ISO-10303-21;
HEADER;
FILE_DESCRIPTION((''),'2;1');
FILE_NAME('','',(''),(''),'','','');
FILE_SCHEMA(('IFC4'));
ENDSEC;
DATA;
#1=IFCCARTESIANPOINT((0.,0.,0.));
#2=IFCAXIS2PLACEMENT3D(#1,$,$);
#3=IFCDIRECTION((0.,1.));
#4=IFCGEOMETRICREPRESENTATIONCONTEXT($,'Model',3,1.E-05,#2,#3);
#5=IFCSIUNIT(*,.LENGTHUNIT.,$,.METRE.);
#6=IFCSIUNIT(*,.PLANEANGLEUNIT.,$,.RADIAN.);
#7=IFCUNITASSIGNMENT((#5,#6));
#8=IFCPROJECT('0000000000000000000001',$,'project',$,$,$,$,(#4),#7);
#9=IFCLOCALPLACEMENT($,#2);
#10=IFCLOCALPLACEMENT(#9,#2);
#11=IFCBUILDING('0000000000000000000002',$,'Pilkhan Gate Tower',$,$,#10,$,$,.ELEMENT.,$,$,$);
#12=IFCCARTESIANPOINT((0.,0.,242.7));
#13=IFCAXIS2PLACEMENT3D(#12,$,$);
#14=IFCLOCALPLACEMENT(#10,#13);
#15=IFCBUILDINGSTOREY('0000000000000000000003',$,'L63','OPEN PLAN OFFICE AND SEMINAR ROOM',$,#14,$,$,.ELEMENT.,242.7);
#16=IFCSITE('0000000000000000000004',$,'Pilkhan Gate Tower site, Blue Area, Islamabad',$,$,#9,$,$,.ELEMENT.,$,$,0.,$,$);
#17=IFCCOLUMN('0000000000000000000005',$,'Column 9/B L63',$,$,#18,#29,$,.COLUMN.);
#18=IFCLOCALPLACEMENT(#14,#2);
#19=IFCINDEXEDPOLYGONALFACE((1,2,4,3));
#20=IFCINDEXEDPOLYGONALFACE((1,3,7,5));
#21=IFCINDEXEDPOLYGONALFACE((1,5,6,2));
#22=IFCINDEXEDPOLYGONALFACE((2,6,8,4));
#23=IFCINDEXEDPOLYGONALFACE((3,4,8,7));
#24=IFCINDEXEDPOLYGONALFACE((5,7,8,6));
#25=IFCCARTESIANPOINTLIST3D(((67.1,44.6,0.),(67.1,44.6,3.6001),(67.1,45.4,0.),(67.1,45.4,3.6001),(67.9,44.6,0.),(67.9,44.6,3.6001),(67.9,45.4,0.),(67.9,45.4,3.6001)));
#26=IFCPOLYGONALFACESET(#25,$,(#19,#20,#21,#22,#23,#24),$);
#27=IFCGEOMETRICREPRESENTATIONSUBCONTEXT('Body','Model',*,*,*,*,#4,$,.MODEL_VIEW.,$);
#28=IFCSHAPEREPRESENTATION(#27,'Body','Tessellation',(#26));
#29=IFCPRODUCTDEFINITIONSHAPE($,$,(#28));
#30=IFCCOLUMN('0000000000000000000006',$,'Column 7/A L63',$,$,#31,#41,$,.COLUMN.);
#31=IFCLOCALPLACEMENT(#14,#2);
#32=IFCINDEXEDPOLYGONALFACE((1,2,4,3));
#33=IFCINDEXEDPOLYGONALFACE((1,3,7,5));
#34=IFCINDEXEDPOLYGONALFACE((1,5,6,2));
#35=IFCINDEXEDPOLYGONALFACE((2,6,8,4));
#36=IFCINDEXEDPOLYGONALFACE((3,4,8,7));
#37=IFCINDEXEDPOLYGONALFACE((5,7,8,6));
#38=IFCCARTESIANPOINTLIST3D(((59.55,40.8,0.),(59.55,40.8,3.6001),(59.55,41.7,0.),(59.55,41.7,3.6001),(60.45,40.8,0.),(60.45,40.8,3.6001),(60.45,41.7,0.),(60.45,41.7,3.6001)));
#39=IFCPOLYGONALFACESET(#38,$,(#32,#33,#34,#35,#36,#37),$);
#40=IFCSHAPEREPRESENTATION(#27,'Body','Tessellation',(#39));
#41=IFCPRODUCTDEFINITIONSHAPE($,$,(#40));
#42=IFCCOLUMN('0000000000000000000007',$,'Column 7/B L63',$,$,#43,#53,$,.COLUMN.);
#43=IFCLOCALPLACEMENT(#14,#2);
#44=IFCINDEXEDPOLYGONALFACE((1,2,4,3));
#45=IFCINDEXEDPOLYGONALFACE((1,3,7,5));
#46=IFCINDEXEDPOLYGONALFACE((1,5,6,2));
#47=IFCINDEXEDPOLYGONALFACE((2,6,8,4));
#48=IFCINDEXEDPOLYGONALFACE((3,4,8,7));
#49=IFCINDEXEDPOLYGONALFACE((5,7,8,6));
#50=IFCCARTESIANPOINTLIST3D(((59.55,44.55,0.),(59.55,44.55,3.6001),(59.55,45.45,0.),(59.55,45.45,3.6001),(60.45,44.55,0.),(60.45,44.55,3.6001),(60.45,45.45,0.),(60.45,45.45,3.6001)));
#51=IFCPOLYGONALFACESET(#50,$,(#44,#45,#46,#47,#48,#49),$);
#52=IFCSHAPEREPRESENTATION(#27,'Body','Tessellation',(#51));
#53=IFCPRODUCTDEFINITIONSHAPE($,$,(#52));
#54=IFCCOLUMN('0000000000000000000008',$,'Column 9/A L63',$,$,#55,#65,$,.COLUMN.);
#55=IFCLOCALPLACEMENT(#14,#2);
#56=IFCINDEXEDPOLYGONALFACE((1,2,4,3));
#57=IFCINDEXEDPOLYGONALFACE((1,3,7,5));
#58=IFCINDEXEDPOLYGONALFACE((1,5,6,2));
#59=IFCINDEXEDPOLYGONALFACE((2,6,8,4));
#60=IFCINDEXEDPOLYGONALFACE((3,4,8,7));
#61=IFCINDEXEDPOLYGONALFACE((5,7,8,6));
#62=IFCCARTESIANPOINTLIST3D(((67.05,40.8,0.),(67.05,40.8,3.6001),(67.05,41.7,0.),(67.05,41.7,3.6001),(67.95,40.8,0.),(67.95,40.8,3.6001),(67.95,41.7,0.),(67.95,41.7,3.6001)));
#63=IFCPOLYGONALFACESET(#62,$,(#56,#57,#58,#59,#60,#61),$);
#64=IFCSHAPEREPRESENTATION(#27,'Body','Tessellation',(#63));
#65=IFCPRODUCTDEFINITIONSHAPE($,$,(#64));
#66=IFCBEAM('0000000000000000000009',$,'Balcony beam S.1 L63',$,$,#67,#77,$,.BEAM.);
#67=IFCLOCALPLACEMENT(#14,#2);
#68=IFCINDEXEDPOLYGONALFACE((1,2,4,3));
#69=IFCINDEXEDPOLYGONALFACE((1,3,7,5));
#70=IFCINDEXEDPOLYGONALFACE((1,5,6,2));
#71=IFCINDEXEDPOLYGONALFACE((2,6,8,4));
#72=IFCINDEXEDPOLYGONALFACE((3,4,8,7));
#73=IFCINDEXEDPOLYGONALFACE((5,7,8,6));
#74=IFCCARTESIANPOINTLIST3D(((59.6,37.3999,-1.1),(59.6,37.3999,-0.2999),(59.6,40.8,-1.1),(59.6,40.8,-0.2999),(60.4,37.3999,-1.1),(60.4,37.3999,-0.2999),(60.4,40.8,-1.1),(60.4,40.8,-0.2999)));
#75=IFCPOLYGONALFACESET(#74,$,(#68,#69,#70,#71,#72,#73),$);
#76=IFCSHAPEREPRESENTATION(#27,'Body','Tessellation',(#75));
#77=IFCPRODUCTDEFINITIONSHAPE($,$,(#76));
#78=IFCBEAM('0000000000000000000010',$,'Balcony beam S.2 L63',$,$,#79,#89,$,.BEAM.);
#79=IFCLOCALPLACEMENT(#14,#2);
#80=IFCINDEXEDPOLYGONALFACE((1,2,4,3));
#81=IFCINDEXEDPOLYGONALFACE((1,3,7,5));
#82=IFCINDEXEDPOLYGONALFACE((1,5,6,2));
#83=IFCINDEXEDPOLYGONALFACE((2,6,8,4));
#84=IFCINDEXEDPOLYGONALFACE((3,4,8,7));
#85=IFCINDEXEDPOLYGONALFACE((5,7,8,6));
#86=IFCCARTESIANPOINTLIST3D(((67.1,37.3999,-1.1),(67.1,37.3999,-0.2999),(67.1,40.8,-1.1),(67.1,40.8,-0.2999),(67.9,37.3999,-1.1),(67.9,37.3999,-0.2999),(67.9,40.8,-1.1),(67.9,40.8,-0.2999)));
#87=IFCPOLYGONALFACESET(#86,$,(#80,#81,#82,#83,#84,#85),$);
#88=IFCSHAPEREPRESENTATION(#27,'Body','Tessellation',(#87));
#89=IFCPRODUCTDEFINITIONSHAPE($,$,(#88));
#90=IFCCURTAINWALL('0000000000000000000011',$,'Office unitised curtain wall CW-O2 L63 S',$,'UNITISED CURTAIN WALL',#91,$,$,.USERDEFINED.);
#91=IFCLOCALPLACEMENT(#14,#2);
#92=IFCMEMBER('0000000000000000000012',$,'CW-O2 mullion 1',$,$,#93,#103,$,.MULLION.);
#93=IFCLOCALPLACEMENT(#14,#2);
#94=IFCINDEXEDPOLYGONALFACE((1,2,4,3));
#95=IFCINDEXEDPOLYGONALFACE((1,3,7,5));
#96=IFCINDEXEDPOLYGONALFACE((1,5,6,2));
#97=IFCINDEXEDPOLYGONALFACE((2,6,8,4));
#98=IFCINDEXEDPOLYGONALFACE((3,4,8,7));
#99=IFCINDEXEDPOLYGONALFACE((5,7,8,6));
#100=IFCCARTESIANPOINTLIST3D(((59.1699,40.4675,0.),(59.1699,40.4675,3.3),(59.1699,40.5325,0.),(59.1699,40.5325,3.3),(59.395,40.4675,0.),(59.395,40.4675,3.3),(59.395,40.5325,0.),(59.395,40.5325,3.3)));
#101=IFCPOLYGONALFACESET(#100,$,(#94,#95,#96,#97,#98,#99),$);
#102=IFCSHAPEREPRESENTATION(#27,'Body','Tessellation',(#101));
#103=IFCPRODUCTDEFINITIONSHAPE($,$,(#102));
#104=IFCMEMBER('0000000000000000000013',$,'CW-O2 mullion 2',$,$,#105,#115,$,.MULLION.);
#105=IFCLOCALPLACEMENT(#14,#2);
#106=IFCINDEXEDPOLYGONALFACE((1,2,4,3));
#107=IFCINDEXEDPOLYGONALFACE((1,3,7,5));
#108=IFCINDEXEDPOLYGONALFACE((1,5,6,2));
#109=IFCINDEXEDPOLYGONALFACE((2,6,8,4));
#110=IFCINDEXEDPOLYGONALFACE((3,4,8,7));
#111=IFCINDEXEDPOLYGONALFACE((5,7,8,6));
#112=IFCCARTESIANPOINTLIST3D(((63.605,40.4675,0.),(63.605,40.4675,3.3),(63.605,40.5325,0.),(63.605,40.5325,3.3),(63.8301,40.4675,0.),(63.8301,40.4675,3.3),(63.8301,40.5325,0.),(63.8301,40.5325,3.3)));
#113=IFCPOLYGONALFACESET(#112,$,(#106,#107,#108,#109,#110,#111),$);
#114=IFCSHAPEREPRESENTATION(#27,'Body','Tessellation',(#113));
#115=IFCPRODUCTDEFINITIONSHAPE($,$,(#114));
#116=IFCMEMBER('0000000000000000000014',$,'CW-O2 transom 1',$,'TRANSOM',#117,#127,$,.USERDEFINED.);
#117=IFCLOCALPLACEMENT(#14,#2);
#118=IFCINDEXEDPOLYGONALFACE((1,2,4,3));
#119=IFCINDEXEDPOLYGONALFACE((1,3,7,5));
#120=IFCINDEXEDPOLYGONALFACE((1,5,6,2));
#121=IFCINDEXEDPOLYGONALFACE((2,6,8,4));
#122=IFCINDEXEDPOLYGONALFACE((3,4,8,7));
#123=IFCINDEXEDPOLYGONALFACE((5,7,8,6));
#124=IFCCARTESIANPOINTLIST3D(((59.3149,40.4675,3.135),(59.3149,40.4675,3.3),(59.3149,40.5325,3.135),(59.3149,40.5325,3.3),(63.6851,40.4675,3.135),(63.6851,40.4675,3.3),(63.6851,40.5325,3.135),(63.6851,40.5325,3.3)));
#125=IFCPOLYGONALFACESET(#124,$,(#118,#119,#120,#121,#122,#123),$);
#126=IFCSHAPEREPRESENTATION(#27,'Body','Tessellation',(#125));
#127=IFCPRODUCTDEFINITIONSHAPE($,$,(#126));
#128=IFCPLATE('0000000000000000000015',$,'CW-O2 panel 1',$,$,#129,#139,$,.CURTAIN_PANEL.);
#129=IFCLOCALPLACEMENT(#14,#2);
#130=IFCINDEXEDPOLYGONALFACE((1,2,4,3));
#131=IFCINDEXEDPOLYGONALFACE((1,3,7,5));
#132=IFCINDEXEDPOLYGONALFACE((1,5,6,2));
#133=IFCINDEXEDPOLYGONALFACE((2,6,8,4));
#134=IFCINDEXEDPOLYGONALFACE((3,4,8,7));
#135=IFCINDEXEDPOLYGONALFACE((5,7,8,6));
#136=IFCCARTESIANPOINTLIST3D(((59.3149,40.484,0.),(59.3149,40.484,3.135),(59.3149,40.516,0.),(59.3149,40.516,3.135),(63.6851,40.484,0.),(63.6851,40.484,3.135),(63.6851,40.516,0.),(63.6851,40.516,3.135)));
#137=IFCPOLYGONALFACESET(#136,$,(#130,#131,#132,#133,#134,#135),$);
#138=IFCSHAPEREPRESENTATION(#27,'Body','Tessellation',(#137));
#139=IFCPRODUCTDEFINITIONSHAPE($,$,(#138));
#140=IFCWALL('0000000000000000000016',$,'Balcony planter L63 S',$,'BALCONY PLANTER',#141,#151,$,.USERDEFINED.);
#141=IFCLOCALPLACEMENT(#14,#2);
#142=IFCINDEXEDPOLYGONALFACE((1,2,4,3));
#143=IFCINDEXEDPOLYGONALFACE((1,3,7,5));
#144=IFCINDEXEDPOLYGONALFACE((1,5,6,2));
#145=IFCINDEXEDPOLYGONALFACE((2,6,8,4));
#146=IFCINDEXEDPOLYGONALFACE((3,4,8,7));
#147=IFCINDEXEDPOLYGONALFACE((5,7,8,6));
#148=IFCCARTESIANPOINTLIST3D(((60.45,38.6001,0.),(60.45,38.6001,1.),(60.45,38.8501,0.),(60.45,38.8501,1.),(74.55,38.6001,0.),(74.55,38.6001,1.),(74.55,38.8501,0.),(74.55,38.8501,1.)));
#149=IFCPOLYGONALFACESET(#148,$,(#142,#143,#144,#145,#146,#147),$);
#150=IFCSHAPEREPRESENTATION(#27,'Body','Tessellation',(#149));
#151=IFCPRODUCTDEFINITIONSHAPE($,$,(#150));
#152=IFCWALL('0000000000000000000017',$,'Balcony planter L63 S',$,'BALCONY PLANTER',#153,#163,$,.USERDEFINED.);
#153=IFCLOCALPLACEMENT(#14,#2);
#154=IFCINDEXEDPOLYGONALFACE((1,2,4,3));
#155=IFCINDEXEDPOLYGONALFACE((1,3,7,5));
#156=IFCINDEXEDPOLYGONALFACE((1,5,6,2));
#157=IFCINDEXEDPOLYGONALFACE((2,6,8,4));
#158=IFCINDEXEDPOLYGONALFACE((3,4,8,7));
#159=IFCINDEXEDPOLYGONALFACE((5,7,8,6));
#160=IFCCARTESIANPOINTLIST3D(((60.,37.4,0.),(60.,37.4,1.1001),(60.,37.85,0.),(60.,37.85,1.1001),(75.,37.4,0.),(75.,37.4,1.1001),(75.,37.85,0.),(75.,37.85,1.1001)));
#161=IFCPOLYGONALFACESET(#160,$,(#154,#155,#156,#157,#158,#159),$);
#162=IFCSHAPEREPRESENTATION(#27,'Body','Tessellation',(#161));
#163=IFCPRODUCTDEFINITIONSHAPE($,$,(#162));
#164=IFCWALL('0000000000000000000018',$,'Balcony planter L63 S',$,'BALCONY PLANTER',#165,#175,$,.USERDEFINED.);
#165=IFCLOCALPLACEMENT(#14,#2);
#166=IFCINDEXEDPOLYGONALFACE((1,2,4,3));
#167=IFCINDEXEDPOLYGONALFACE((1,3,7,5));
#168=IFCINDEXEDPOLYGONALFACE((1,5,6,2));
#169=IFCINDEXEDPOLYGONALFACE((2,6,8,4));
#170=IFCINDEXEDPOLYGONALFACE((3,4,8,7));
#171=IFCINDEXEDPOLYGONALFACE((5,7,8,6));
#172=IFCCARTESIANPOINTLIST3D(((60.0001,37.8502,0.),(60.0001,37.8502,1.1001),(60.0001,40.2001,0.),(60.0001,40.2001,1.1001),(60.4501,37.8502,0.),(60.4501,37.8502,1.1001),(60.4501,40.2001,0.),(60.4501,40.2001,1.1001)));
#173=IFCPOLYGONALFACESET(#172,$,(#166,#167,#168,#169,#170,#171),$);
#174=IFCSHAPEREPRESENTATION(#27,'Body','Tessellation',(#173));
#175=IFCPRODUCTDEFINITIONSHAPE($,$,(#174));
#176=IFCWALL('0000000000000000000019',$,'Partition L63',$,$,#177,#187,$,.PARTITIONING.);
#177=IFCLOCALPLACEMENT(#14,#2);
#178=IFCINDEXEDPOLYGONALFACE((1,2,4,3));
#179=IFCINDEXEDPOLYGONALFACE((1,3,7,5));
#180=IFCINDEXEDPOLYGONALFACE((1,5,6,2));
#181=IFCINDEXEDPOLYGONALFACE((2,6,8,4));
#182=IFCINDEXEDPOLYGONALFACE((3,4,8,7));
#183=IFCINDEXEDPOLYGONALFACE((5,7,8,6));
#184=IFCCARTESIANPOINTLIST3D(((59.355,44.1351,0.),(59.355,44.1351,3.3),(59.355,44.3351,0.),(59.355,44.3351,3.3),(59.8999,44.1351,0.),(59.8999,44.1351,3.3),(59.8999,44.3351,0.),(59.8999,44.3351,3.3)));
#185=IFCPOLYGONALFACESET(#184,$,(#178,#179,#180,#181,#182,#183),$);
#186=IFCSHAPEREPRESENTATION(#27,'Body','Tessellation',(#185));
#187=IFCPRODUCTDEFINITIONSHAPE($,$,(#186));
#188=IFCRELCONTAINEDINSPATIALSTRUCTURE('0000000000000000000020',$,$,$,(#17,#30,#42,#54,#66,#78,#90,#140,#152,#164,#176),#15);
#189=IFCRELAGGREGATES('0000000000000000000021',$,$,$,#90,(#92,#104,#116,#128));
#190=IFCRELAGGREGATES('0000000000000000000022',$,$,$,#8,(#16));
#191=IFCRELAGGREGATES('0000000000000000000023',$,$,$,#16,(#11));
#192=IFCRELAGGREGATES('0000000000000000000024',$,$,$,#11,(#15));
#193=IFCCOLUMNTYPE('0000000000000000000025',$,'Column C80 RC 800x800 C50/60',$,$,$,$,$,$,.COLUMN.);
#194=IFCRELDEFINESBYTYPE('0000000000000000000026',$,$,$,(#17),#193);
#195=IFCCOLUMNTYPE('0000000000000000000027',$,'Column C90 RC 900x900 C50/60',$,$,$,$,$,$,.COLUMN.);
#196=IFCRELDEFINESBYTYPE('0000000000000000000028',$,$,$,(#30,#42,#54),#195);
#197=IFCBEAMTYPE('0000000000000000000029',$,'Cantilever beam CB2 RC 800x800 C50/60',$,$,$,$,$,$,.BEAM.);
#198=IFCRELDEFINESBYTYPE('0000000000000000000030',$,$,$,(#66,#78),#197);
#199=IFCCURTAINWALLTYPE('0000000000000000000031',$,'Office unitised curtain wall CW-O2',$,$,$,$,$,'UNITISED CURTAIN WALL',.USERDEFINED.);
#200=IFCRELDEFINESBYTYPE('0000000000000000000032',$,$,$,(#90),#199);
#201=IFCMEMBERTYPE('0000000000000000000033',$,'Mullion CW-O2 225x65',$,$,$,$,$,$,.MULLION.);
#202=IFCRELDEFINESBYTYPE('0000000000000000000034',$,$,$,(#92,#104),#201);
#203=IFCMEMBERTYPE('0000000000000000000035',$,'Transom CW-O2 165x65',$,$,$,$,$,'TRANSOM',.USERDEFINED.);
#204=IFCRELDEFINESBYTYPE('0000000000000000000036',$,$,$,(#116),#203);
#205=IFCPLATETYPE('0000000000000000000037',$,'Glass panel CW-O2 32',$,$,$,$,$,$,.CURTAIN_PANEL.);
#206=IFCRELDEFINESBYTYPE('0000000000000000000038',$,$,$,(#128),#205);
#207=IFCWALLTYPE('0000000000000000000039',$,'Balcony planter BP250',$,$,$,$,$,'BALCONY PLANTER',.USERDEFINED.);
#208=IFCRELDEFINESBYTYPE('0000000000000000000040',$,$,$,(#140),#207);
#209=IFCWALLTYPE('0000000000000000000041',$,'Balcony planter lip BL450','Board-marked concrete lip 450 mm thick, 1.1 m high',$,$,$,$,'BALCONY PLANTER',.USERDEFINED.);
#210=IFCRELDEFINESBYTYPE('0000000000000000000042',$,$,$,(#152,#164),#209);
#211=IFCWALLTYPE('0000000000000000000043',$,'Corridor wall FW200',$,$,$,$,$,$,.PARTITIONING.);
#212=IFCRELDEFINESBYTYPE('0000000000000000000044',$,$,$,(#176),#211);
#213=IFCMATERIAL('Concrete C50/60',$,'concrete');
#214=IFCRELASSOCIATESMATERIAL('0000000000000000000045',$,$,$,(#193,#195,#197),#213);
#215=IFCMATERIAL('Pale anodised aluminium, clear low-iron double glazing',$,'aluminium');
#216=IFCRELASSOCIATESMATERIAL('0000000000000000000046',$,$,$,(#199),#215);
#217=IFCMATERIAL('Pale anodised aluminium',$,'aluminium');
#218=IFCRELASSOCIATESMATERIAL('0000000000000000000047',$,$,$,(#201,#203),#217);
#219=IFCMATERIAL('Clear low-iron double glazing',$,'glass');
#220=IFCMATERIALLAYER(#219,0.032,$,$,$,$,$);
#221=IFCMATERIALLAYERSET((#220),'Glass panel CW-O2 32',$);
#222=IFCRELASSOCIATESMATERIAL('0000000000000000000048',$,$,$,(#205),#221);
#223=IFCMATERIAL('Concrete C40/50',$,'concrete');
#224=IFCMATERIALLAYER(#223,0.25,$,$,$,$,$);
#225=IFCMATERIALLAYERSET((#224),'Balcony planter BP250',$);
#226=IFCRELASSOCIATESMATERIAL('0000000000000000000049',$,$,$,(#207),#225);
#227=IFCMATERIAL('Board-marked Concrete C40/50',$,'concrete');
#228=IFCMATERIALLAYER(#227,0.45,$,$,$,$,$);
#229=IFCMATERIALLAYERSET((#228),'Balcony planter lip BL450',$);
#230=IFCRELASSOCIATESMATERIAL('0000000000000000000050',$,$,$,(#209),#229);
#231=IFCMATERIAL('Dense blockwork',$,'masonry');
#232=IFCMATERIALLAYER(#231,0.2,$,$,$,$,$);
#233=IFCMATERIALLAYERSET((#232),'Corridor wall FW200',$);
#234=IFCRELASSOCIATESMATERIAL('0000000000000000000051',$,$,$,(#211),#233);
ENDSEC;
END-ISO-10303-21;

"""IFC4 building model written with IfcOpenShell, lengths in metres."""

from ifc_helpers import new_model, si_unit, direction, frame, frame_2d, origin, origin_2d, place, context, subcontext, project, spatial, rectangle, extrude, material, layer, layer_set, material_profile, profile_set, type_object, element, aggregate, save


model = new_model("IFC4")

# Units and contexts
model_context = context("Model", 3, precision=1e-05, world=origin(), true_north=direction((0.0, 1.0)))
body_context = subcontext(model_context, "Body", "Model", "MODEL_VIEW")
ifc_project = project(units=[si_unit("LENGTHUNIT", "METRE"), si_unit("PLANEANGLEUNIT", "RADIAN")], contexts=[model_context])

# Site, building, storey
site_placement = place(None, origin())
site = spatial("IfcSite", under=ifc_project, at=site_placement, Name="Pilkhan Gate Tower site, Blue Area, Islamabad", CompositionType="ELEMENT", RefElevation=0.0)
building_placement = place(site_placement, origin())
building = spatial("IfcBuilding", under=site, at=building_placement, Name="Pilkhan Gate Tower", CompositionType="ELEMENT")
storey_placement = place(building_placement, frame((0.0, 0.0, 242.7)))
storey = spatial("IfcBuildingStorey", under=building, at=storey_placement, Name="L63", Description="OPEN PLAN OFFICE AND SEMINAR ROOM", CompositionType="ELEMENT", Elevation=242.7)

# Columns
ifc_material_1 = material(Name="Concrete C50/60", Category="concrete")
ifc_material_profile_1 = material_profile(ifc_material_1, rectangle(XDim=0.8, YDim=0.8, at=origin_2d()), Name="RC 800x800")
ifc_profile_set_1 = profile_set([ifc_material_profile_1], Name="Concrete C50/60")
column_type_1 = type_object("IfcColumnType", Name="Column C80 RC 800x800 C50/60", PredefinedType="COLUMN", material=ifc_profile_set_1)
column_placement = place(storey_placement, frame((67.5, 45.0, 0.0), z_axis=(0.0, 0.0, 1.0), x_axis=(1.0, 0.0, 0.0)))
element("IfcColumn", 1, at=column_placement, inside=storey, type_object=column_type_1, Name="Column 9/B L63", PredefinedType="COLUMN", context=body_context, shape_type="SweptSolid", body=[
    extrude(rectangle(XDim=0.8, YDim=0.8, at=origin_2d()), origin(), (0.0, 0.0, 1.0), 3.6001),
])
ifc_material_profile_2 = material_profile(ifc_material_1, rectangle(XDim=0.8999, YDim=0.8999, at=origin_2d()), Name="RC 900x900")
ifc_profile_set_2 = profile_set([ifc_material_profile_2], Name="Concrete C50/60")
column_type_2 = type_object("IfcColumnType", Name="Column C90 RC 900x900 C50/60", PredefinedType="COLUMN", material=ifc_profile_set_2)
for number, where, z_axis, x_axis, name in (
    (2, (60.0, 41.25, 0.0), (0.0, 0.0, 1.0), (1.0, 0.0, 0.0), "Column 7/A L63"),
    (3, (60.0, 45.0, 0.0), (0.0, 0.0, 1.0), (1.0, 0.0, 0.0), "Column 7/B L63"),
    (4, (67.5, 41.25, 0.0), (0.0, 0.0, 1.0), (1.0, 0.0, 0.0), "Column 9/A L63"),
):
    element("IfcColumn", number, at=place(storey_placement, frame(where, z_axis=z_axis, x_axis=x_axis)), inside=storey, type_object=column_type_2, Name=name, PredefinedType="COLUMN", context=body_context, shape_type="SweptSolid", body=[
        extrude(rectangle(XDim=0.8999, YDim=0.8999, at=origin_2d()), origin(), (0.0, 0.0, 1.0), 3.6001),
    ])

# Beams
ifc_material_profile_3 = material_profile(ifc_material_1, rectangle(XDim=0.8, YDim=0.8, at=origin_2d()), Name="RC 800x800")
ifc_profile_set_3 = profile_set([ifc_material_profile_3], Name="Concrete C50/60")
beam_type = type_object("IfcBeamType", Name="Cantilever beam CB2 RC 800x800 C50/60", PredefinedType="BEAM", material=ifc_profile_set_3)
for number, where, z_axis, x_axis, name in (
    (5, (60.0, 40.8, -0.7), (0.0, -1.0, 0.0), (1.0, 0.0, 0.0), "Balcony beam S.1 L63"),
    (6, (67.5, 40.8, -0.7), (0.0, -1.0, 0.0), (1.0, 0.0, 0.0), "Balcony beam S.2 L63"),
):
    element("IfcBeam", number, at=place(storey_placement, frame(where, z_axis=z_axis, x_axis=x_axis)), inside=storey, type_object=beam_type, Name=name, PredefinedType="BEAM", context=body_context, shape_type="SweptSolid", body=[
        extrude(rectangle(XDim=0.8, YDim=0.8, at=origin_2d()), origin(), (0.0, 0.0, 1.0), 3.4001),
    ])

# Curtain wall, members, plate
ifc_material_2 = material(Name="Pale anodised aluminium, clear low-iron double glazing", Category="aluminium")
curtain_wall_type = type_object("IfcCurtainWallType", Name="Office unitised curtain wall CW-O2", ElementType="UNITISED CURTAIN WALL", PredefinedType="USERDEFINED", material=ifc_material_2)
curtain_wall_placement = place(storey_placement, origin())
curtain_wall = element("IfcCurtainWall", 7, at=curtain_wall_placement, inside=storey, type_object=curtain_wall_type, Name="Office unitised curtain wall CW-O2 L63 S", ObjectType="UNITISED CURTAIN WALL", PredefinedType="USERDEFINED")
ifc_material_3 = material(Name="Pale anodised aluminium", Category="aluminium")
ifc_material_profile_4 = material_profile(ifc_material_3, rectangle(XDim=0.0649, YDim=0.2251, at=origin_2d()), Name="Mullion 225x65")
ifc_profile_set_4 = profile_set([ifc_material_profile_4], Name="Pale anodised aluminium")
member_type_1 = type_object("IfcMemberType", Name="Mullion CW-O2 225x65", PredefinedType="MULLION", material=ifc_profile_set_4)
member_1_placement = place(storey_placement, frame((59.2825, 40.5, 0.0), z_axis=(0.0, 0.0, 1.0), x_axis=(0.0, 1.0, 0.0)))
member_1 = element("IfcMember", 8, at=member_1_placement, type_object=member_type_1, Name="CW-O2 mullion 1", PredefinedType="MULLION", context=body_context, shape_type="SweptSolid", body=[
    extrude(rectangle(XDim=0.0649, YDim=0.2251, at=origin_2d()), origin(), (0.0, 0.0, 1.0), 3.3),
])
member_2_placement = place(storey_placement, frame((63.7175, 40.5, 0.0), z_axis=(0.0, 0.0, 1.0), x_axis=(0.0, 1.0, 0.0)))
member_2 = element("IfcMember", 9, at=member_2_placement, type_object=member_type_1, Name="CW-O2 mullion 2", PredefinedType="MULLION", context=body_context, shape_type="SweptSolid", body=[
    extrude(rectangle(XDim=0.0649, YDim=0.2251, at=origin_2d()), origin(), (0.0, 0.0, 1.0), 3.3),
])
ifc_material_profile_5 = material_profile(ifc_material_3, rectangle(XDim=0.0649, YDim=0.165, at=origin_2d()), Name="Transom 165x65")
ifc_profile_set_5 = profile_set([ifc_material_profile_5], Name="Pale anodised aluminium")
member_type_2 = type_object("IfcMemberType", Name="Transom CW-O2 165x65", ElementType="TRANSOM", PredefinedType="USERDEFINED", material=ifc_profile_set_5)
member_3_placement = place(storey_placement, frame((59.3149, 40.5, 3.2175), z_axis=(1.0, 0.0, 0.0), x_axis=(0.0, 1.0, 0.0)))
member_3 = element("IfcMember", 10, at=member_3_placement, type_object=member_type_2, Name="CW-O2 transom 1", ObjectType="TRANSOM", PredefinedType="USERDEFINED", context=body_context, shape_type="SweptSolid", body=[
    extrude(rectangle(XDim=0.0649, YDim=0.165, at=origin_2d()), origin(), (0.0, 0.0, 1.0), 4.3701),
])
ifc_material_4 = material(Name="Clear low-iron double glazing", Category="glass")
ifc_layer_1 = layer(ifc_material_4, 0.032)
ifc_layer_set_1 = layer_set([ifc_layer_1], Name="Glass panel CW-O2 32")
plate_type = type_object("IfcPlateType", Name="Glass panel CW-O2 32", PredefinedType="CURTAIN_PANEL", material=ifc_layer_set_1)
plate_placement = place(storey_placement, frame((61.5, 40.5, 0.0), z_axis=(0.0, 0.0, 1.0), x_axis=(1.0, 0.0, 0.0)))
plate = element("IfcPlate", 11, at=plate_placement, type_object=plate_type, Name="CW-O2 panel 1", PredefinedType="CURTAIN_PANEL", context=body_context, shape_type="SweptSolid", body=[
    extrude(rectangle(XDim=4.3701, YDim=0.032, at=origin_2d()), origin(), (0.0, 0.0, 1.0), 3.135),
])
aggregate(curtain_wall, [member_1, member_2, member_3, plate])

# Walls
ifc_material_5 = material(Name="Concrete C40/50", Category="concrete")
ifc_layer_2 = layer(ifc_material_5, 0.25)
ifc_layer_set_2 = layer_set([ifc_layer_2], Name="Balcony planter BP250")
wall_type_1 = type_object("IfcWallType", Name="Balcony planter BP250", ElementType="BALCONY PLANTER", PredefinedType="USERDEFINED", material=ifc_layer_set_2)
wall_1_placement = place(storey_placement, frame((60.45, 38.7251, 0.0), z_axis=(0.0, 0.0, 1.0), x_axis=(1.0, 0.0, 0.0)))
element("IfcWall", 12, at=wall_1_placement, inside=storey, type_object=wall_type_1, Name="Balcony planter L63 S", ObjectType="BALCONY PLANTER", PredefinedType="USERDEFINED", context=body_context, shape_type="SweptSolid", body=[
    extrude(rectangle(XDim=14.1001, YDim=0.25, at=frame_2d((7.05, 0.0))), origin(), (0.0, 0.0, 1.0), 1.0),
])
ifc_material_6 = material(Name="Board-marked Concrete C40/50", Category="concrete")
ifc_layer_3 = layer(ifc_material_6, 0.45)
ifc_layer_set_3 = layer_set([ifc_layer_3], Name="Balcony planter lip BL450")
wall_type_2 = type_object("IfcWallType", Name="Balcony planter lip BL450", Description="Board-marked concrete lip 450 mm thick, 1.1 m high", ElementType="BALCONY PLANTER", PredefinedType="USERDEFINED", material=ifc_layer_set_3)
wall_2_placement = place(storey_placement, frame((60.0, 37.625, 0.0), z_axis=(0.0, 0.0, 1.0), x_axis=(1.0, 0.0, 0.0)))
element("IfcWall", 13, at=wall_2_placement, inside=storey, type_object=wall_type_2, Name="Balcony planter L63 S", ObjectType="BALCONY PLANTER", PredefinedType="USERDEFINED", context=body_context, shape_type="SweptSolid", body=[
    extrude(rectangle(XDim=15.0, YDim=0.45, at=frame_2d((7.5, 0.0))), origin(), (0.0, 0.0, 1.0), 1.1001),
])
wall_3_placement = place(storey_placement, frame((60.2251, 40.2, 0.0), z_axis=(0.0, 0.0, 1.0), x_axis=(0.0, -1.0, 0.0)))
element("IfcWall", 14, at=wall_3_placement, inside=storey, type_object=wall_type_2, Name="Balcony planter L63 S", ObjectType="BALCONY PLANTER", PredefinedType="USERDEFINED", context=body_context, shape_type="SweptSolid", body=[
    extrude(rectangle(XDim=2.3499, YDim=0.45, at=frame_2d((1.1748, 0.0))), origin(), (0.0, 0.0, 1.0), 1.1001),
])
ifc_material_7 = material(Name="Dense blockwork", Category="masonry")
ifc_layer_4 = layer(ifc_material_7, 0.2)
ifc_layer_set_4 = layer_set([ifc_layer_4], Name="Corridor wall FW200")
wall_type_3 = type_object("IfcWallType", Name="Corridor wall FW200", PredefinedType="PARTITIONING", material=ifc_layer_set_4)
wall_4_placement = place(storey_placement, frame((59.355, 44.2351, 0.0), z_axis=(0.0, 0.0, 1.0), x_axis=(1.0, 0.0, 0.0)))
element("IfcWall", 15, at=wall_4_placement, inside=storey, type_object=wall_type_3, Name="Partition L63", PredefinedType="PARTITIONING", context=body_context, shape_type="SweptSolid", body=[
    extrude(rectangle(XDim=0.5449, YDim=0.2, at=frame_2d((0.2725, 0.0))), origin(), (0.0, 0.0, 1.0), 3.3),
])

save(model, "model.ifc")
